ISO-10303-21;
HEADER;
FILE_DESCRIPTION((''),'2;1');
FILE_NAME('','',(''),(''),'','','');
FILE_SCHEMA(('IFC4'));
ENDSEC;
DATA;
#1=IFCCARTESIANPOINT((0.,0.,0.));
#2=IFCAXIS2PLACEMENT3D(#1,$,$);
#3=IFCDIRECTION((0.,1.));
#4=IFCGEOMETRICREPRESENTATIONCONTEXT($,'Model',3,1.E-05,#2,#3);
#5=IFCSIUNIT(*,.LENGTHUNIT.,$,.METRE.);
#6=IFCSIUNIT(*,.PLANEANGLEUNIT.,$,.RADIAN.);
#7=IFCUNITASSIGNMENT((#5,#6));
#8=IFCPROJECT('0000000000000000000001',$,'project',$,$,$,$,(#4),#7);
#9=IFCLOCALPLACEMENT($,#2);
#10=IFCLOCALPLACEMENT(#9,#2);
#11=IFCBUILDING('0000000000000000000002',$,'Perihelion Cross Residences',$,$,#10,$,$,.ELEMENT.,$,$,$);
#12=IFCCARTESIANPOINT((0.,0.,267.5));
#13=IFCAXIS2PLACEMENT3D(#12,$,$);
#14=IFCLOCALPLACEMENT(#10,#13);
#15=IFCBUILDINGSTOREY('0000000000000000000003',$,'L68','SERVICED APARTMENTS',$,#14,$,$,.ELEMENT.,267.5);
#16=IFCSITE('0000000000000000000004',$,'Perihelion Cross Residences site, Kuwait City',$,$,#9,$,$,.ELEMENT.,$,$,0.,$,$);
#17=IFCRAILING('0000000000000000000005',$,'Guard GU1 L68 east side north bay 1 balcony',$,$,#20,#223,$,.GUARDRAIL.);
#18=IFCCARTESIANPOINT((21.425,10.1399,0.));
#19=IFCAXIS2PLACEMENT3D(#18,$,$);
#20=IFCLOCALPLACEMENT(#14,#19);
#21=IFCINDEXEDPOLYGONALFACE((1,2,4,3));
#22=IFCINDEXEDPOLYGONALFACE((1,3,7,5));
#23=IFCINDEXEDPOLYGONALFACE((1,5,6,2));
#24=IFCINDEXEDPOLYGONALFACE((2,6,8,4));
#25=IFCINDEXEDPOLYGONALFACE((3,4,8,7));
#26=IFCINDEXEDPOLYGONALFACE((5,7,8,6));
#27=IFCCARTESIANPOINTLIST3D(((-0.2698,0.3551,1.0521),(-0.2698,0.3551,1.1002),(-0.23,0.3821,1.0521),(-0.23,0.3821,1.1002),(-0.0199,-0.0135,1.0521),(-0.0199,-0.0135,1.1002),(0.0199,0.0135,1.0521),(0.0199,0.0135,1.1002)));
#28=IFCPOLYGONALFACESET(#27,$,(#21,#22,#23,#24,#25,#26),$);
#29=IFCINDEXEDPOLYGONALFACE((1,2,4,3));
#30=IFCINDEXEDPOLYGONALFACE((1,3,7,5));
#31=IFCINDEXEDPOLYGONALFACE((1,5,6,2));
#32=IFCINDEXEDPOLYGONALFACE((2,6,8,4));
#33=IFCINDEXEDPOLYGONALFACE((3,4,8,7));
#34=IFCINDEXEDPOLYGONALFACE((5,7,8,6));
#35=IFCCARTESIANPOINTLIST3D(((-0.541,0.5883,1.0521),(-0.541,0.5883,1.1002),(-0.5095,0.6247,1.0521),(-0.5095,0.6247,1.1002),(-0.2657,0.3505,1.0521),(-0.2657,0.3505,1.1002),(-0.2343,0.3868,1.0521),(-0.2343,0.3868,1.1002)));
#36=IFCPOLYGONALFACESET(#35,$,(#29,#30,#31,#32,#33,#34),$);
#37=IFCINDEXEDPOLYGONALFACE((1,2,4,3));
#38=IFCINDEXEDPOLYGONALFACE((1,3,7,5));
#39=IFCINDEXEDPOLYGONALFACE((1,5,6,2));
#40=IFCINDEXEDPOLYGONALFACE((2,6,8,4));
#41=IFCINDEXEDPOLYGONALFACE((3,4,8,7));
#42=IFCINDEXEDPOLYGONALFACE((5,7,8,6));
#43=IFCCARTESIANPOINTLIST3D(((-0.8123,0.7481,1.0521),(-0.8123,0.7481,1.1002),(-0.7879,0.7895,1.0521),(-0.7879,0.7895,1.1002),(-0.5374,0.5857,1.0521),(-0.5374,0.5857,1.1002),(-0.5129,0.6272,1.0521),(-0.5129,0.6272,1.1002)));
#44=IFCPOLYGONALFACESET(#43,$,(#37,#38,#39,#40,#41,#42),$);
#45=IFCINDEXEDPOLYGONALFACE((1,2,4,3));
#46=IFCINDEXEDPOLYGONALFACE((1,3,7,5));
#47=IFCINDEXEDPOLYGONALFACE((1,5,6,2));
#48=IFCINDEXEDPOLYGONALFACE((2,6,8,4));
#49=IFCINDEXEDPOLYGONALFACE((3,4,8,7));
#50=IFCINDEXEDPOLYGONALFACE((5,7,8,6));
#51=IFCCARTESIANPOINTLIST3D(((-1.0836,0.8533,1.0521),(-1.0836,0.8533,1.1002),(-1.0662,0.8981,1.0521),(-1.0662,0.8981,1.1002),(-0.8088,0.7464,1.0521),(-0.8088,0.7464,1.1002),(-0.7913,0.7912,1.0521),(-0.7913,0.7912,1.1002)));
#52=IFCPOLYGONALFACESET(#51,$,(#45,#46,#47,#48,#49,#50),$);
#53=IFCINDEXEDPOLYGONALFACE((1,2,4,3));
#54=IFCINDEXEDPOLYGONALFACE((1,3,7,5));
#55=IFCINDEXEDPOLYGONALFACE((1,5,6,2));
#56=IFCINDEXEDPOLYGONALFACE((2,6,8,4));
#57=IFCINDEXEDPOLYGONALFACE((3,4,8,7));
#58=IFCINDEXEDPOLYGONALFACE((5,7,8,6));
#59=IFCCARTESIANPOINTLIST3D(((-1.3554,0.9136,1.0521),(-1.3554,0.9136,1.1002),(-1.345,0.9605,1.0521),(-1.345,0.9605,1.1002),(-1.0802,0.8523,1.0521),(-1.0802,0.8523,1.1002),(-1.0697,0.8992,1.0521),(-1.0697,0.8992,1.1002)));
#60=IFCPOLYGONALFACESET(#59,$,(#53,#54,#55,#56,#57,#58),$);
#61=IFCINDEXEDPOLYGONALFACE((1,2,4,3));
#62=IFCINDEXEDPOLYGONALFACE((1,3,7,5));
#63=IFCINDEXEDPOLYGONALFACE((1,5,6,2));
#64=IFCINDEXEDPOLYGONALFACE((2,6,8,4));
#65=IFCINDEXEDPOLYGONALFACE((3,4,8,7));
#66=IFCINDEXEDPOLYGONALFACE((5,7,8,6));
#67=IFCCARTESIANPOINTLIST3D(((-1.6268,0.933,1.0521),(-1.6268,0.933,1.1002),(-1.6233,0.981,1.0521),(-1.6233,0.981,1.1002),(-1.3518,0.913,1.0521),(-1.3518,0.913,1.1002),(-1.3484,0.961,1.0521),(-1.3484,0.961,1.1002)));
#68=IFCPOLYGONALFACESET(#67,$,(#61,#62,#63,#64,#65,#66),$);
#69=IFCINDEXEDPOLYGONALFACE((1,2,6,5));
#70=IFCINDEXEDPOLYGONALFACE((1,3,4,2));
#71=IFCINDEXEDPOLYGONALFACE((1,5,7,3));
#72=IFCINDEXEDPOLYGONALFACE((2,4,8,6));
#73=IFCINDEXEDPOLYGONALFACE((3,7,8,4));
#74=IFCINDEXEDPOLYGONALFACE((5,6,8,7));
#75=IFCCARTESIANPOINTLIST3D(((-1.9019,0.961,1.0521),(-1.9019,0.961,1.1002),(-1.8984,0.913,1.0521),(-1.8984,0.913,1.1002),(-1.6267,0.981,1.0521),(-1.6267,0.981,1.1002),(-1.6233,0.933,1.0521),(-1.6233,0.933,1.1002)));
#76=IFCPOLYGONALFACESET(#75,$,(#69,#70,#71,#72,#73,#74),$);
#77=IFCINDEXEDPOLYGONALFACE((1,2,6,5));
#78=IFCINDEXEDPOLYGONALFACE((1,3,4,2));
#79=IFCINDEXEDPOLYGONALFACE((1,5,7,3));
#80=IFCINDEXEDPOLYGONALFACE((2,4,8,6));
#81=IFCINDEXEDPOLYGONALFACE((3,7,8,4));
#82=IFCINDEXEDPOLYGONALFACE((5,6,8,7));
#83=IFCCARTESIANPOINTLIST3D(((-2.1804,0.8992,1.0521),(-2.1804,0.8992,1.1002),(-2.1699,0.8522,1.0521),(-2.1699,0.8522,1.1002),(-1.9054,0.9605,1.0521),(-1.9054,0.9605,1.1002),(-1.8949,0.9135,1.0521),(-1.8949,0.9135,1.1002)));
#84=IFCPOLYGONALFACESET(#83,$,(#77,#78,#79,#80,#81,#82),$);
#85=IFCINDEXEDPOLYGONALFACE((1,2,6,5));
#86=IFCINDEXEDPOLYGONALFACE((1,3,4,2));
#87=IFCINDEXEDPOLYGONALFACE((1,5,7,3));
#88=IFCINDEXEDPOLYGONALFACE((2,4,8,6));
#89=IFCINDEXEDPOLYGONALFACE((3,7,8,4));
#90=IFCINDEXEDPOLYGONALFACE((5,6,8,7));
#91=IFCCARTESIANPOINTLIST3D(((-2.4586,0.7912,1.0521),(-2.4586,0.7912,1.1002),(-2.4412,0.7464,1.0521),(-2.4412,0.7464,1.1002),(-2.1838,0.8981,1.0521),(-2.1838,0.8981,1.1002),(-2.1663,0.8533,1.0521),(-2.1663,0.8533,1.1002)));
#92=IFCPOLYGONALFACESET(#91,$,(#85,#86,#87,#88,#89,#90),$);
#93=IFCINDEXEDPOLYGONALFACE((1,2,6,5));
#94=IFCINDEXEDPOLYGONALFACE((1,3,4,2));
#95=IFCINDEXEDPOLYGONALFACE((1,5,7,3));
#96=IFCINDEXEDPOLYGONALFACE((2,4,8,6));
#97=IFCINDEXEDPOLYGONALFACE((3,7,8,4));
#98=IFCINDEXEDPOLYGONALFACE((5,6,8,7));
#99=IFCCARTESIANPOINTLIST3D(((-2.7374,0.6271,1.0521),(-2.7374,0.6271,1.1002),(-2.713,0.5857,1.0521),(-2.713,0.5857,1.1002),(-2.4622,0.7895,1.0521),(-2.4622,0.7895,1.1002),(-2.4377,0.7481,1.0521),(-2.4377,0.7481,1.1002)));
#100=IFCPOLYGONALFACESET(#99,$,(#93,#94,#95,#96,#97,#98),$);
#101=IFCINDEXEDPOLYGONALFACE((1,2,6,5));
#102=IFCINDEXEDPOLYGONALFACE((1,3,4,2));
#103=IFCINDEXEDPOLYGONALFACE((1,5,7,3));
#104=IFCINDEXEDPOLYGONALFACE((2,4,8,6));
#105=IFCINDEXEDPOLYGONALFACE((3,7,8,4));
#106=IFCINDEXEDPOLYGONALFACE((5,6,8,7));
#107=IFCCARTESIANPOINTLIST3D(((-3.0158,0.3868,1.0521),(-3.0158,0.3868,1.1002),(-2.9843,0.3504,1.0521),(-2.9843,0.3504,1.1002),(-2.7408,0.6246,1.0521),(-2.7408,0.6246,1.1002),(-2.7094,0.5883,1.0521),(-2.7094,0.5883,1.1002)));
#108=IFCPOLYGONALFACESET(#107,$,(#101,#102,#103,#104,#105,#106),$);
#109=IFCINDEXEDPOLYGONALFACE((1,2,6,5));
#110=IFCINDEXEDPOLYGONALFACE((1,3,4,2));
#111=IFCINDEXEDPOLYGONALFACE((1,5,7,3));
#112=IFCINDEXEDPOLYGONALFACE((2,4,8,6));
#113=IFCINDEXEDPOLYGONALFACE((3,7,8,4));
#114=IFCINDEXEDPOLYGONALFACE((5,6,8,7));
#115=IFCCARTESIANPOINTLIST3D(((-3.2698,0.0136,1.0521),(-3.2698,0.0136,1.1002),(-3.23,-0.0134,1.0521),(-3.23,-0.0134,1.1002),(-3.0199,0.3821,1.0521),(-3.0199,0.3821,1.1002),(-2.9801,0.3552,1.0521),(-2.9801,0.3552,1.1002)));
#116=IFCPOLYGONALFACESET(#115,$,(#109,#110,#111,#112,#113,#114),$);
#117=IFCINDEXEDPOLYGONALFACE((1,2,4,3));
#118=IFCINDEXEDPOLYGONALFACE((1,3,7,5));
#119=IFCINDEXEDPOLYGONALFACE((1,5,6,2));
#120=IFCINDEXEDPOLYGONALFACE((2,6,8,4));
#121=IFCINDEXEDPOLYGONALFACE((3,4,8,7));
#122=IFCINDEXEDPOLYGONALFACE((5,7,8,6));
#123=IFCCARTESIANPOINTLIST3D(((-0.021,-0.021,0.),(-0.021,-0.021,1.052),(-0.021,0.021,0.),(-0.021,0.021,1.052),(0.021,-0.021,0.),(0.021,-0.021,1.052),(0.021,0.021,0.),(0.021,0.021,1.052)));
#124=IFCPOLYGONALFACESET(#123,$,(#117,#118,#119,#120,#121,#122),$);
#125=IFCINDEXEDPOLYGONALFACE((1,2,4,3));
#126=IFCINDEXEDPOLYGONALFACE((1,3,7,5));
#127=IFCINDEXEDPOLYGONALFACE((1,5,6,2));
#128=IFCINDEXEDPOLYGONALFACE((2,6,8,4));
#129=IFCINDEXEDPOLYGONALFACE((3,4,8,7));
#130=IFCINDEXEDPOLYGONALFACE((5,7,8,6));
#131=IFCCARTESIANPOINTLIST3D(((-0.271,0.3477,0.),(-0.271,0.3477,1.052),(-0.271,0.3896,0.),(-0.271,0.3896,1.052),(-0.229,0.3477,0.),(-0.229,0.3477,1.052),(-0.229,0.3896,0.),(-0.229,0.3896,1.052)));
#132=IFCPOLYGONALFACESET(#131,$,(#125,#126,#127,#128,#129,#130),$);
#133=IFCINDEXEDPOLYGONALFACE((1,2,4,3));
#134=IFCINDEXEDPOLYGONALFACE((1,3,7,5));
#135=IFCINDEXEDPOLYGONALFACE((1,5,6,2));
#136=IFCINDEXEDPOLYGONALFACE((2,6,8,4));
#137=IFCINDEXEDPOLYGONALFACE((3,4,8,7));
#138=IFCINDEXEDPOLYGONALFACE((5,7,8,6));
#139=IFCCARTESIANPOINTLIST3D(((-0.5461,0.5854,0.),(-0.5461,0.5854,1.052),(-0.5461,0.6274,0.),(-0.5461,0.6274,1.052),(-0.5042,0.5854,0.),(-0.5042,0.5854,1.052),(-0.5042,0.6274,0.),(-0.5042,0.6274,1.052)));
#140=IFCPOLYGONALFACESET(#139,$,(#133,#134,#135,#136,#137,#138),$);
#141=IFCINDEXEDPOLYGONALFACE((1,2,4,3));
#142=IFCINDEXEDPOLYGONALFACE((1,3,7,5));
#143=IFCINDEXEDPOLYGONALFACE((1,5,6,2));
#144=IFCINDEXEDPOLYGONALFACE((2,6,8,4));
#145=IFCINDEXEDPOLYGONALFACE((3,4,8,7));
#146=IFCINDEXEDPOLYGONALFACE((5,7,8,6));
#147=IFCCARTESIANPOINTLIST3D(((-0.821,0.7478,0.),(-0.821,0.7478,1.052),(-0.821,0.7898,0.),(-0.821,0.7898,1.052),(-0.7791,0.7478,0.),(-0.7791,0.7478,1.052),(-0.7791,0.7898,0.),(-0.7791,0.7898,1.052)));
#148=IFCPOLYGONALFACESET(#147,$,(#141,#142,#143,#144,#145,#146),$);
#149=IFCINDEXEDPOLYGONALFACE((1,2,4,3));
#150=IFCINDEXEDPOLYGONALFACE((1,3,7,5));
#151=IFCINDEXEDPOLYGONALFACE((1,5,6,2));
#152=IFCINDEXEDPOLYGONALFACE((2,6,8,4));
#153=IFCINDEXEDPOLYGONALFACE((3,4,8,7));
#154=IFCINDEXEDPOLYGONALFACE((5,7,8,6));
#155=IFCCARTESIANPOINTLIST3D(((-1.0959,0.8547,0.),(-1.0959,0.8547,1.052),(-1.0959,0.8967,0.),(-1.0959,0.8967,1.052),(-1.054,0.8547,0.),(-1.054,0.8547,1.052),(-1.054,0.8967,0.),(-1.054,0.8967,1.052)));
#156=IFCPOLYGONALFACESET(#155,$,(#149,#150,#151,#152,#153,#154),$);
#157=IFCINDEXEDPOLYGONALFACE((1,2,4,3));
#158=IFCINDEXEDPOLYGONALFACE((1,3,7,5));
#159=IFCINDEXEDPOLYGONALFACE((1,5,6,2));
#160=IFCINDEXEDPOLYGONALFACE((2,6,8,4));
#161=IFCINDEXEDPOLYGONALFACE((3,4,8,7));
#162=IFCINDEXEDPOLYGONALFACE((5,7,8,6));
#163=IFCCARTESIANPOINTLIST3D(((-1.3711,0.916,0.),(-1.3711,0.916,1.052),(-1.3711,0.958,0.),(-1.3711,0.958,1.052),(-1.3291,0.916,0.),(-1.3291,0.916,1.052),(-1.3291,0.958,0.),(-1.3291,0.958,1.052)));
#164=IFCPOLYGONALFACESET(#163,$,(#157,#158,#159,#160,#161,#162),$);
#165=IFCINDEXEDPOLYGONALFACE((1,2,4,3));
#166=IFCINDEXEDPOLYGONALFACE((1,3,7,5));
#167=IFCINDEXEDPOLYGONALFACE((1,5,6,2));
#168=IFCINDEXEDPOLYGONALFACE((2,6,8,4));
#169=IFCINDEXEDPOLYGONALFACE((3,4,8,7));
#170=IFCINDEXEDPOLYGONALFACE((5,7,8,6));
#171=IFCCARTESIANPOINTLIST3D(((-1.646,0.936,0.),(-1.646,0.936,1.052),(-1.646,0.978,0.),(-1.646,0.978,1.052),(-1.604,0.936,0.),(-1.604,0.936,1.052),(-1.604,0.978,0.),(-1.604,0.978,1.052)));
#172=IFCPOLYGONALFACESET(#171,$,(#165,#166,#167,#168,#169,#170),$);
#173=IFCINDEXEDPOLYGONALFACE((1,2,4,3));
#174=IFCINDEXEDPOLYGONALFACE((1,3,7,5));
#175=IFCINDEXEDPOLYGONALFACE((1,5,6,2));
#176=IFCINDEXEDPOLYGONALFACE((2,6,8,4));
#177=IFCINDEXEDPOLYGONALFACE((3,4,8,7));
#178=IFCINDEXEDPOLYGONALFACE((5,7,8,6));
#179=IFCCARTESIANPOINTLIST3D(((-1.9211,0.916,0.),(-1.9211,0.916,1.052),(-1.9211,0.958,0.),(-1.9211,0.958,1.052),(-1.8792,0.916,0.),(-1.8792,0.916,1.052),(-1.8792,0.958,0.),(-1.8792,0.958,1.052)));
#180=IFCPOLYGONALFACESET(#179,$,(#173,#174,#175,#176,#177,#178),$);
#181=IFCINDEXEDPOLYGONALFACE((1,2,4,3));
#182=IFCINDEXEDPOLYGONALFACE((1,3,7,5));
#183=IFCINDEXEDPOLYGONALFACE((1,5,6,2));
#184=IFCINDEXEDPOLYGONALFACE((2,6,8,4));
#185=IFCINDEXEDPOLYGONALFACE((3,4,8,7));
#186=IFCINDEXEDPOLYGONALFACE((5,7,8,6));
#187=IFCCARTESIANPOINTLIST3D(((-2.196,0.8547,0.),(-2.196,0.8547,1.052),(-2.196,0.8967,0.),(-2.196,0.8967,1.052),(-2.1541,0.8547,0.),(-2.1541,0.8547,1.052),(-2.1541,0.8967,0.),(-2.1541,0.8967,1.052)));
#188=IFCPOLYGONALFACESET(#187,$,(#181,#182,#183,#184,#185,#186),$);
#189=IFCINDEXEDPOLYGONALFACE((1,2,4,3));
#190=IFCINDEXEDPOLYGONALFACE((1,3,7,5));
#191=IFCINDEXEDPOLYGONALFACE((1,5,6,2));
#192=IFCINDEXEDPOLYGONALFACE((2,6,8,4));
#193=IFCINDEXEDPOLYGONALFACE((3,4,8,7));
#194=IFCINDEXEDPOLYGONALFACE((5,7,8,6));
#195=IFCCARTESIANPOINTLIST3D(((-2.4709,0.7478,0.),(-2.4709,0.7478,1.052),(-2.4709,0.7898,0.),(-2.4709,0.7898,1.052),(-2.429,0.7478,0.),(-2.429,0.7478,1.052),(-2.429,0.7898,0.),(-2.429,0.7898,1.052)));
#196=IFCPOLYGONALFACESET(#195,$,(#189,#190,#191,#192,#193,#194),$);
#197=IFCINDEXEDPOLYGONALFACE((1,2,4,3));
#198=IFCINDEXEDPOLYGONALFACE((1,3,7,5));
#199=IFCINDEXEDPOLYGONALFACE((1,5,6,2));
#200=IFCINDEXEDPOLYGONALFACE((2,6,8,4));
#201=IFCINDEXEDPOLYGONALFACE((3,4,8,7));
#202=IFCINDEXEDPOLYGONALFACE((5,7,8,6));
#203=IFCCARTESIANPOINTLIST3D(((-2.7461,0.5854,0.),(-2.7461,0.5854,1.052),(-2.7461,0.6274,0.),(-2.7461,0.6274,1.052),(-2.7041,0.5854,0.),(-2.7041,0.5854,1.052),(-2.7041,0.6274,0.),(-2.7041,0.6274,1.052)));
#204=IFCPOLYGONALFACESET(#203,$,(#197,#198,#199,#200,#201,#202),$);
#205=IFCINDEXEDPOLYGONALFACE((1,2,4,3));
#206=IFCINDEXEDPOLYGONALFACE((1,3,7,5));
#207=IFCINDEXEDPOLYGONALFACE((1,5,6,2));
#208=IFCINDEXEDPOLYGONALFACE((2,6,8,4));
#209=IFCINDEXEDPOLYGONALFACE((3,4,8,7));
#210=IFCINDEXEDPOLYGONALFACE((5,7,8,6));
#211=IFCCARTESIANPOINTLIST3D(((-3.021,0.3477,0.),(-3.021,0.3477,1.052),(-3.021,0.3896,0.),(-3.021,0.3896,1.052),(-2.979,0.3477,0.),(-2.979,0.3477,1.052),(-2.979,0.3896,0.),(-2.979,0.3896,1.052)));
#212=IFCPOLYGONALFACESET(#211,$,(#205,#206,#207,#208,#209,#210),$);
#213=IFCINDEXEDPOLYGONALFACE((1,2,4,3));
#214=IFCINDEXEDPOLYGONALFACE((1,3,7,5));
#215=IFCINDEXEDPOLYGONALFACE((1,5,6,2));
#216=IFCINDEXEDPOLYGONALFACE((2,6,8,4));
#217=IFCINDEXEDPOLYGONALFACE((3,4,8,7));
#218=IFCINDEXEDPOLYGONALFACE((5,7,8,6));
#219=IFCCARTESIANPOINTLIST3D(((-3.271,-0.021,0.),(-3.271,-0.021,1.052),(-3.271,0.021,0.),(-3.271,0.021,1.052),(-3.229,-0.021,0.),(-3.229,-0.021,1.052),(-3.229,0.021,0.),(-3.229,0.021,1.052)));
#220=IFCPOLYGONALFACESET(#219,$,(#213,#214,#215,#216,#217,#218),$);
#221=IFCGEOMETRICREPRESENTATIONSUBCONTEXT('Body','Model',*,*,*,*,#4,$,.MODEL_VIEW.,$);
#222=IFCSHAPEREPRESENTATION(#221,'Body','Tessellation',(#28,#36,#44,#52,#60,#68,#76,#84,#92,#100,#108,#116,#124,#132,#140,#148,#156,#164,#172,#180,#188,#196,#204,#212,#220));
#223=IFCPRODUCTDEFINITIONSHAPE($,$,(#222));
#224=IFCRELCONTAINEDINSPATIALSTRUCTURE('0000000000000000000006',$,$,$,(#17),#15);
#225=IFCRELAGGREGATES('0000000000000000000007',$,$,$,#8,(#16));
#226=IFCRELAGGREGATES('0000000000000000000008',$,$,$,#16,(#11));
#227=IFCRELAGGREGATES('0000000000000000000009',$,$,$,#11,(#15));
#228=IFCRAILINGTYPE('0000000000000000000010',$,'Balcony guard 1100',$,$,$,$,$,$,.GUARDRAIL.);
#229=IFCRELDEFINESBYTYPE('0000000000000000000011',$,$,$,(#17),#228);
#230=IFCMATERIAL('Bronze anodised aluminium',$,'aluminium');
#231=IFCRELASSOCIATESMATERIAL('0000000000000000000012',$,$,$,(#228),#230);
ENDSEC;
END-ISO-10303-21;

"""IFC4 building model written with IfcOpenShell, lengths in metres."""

from ifc_helpers import new_model, si_unit, direction, frame, origin, origin_2d, place, context, subcontext, project, spatial, rectangle, extrude, material, type_object, element, save


model = new_model("IFC4")

# Units and contexts
model_context = context("Model", 3, precision=1e-05, world=origin(), true_north=direction((0.0, 1.0)))
body_context = subcontext(model_context, "Body", "Model", "MODEL_VIEW")
ifc_project = project(units=[si_unit("LENGTHUNIT", "METRE"), si_unit("PLANEANGLEUNIT", "RADIAN")], contexts=[model_context])

# Site, building, storey
site_placement = place(None, origin())
site = spatial("IfcSite", under=ifc_project, at=site_placement, Name="Perihelion Cross Residences site, Kuwait City", CompositionType="ELEMENT", RefElevation=0.0)
building_placement = place(site_placement, origin())
building = spatial("IfcBuilding", under=site, at=building_placement, Name="Perihelion Cross Residences", CompositionType="ELEMENT")
storey_placement = place(building_placement, frame((0.0, 0.0, 267.5)))
storey = spatial("IfcBuildingStorey", under=building, at=storey_placement, Name="L68", Description="SERVICED APARTMENTS", CompositionType="ELEMENT", Elevation=267.5)

# Railing
ifc_material_1 = material(Name="Bronze anodised aluminium", Category="aluminium")
railing_type_1 = type_object("IfcRailingType", Name="Balcony guard 1100", PredefinedType="GUARDRAIL", material=ifc_material_1)
railing_1_placement = place(storey_placement, frame((21.425, 10.1399, 0.0)))
element("IfcRailing", 1, at=railing_1_placement, inside=storey, type_object=railing_type_1, Name="Guard GU1 L68 east side north bay 1 balcony", PredefinedType="GUARDRAIL", context=body_context, shape_type="SweptSolid", body=[
    extrude(rectangle(XDim=0.0481, YDim=0.0481, at=origin_2d()), frame((0.0, 0.0, 1.0762), z_axis=(-0.56126, 0.827639, 0.0), x_axis=(-0.827639, -0.56126, 0.0)), (0.0, 0.0, 1.0), 0.4453),
    extrude(rectangle(XDim=0.0481, YDim=0.0481, at=origin_2d()), frame((-0.25, 0.3687, 1.0762), z_axis=(-0.756597, 0.653882, 0.0), x_axis=(-0.653882, -0.756597, 0.0)), (0.0, 0.0, 1.0), 0.3638),
    extrude(rectangle(XDim=0.0481, YDim=0.0481, at=origin_2d()), frame((-0.5251, 0.6064, 1.0762), z_axis=(-0.861048, 0.508523, 0.0), x_axis=(-0.508523, -0.861048, 0.0)), (0.0, 0.0, 1.0), 0.3193),
    extrude(rectangle(XDim=0.0481, YDim=0.0481, at=origin_2d()), frame((-0.8, 0.7688, 1.0762), z_axis=(-0.931974, 0.362526, 0.0), x_axis=(-0.362526, -0.931974, 0.0)), (0.0, 0.0, 1.0), 0.2949),
    extrude(rectangle(XDim=0.0481, YDim=0.0481, at=origin_2d()), frame((-1.075, 0.8757, 1.0762), z_axis=(-0.976085, 0.217389, 0.0), x_axis=(-0.217389, -0.976085, 0.0)), (0.0, 0.0, 1.0), 0.282),
    extrude(rectangle(XDim=0.0481, YDim=0.0481, at=origin_2d()), frame((-1.3501, 0.937, 1.0762), z_axis=(-0.997359, 0.072632, 0.0), x_axis=(-0.072632, -0.997359, 0.0)), (0.0, 0.0, 1.0), 0.2756),
    extrude(rectangle(XDim=0.0481, YDim=0.0481, at=origin_2d()), frame((-1.625, 0.957, 1.0762), z_axis=(-0.997363, -0.072568, 0.0), x_axis=(0.072568, -0.997363, 0.0)), (0.0, 0.0, 1.0), 0.2759),
    extrude(rectangle(XDim=0.0481, YDim=0.0481, at=origin_2d()), frame((-1.9001, 0.937, 1.0762), z_axis=(-0.976044, -0.217573, 0.0), x_axis=(0.217573, -0.976044, 0.0)), (0.0, 0.0, 1.0), 0.2817),
    extrude(rectangle(XDim=0.0481, YDim=0.0481, at=origin_2d()), frame((-2.175, 0.8757, 1.0762), z_axis=(-0.931974, -0.362526, 0.0), x_axis=(0.362526, -0.931974, 0.0)), (0.0, 0.0, 1.0), 0.2949),
    extrude(rectangle(XDim=0.0481, YDim=0.0481, at=origin_2d()), frame((-2.45, 0.7688, 1.0762), z_axis=(-0.861246, -0.508189, 0.0), x_axis=(0.508189, -0.861246, 0.0)), (0.0, 0.0, 1.0), 0.3196),
    extrude(rectangle(XDim=0.0481, YDim=0.0481, at=origin_2d()), frame((-2.7251, 0.6064, 1.0762), z_axis=(-0.756309, -0.654214, 0.0), x_axis=(0.654214, -0.756309, 0.0)), (0.0, 0.0, 1.0), 0.3635),
    extrude(rectangle(XDim=0.0481, YDim=0.0481, at=origin_2d()), frame((-3.0, 0.3687, 1.0762), z_axis=(-0.56126, -0.827639, 0.0), x_axis=(0.827639, -0.56126, 0.0)), (0.0, 0.0, 1.0), 0.4453),
    extrude(rectangle(XDim=0.042, YDim=0.042, at=origin_2d()), origin(), (0.0, 0.0, 1.0), 1.052),
    extrude(rectangle(XDim=0.042, YDim=0.042, at=origin_2d()), frame((-0.25, 0.3687, 0.0)), (0.0, 0.0, 1.0), 1.052),
    extrude(rectangle(XDim=0.042, YDim=0.042, at=origin_2d()), frame((-0.5251, 0.6064, 0.0)), (0.0, 0.0, 1.0), 1.052),
    extrude(rectangle(XDim=0.042, YDim=0.042, at=origin_2d()), frame((-0.8, 0.7688, 0.0)), (0.0, 0.0, 1.0), 1.052),
    extrude(rectangle(XDim=0.042, YDim=0.042, at=origin_2d()), frame((-1.075, 0.8757, 0.0)), (0.0, 0.0, 1.0), 1.052),
    extrude(rectangle(XDim=0.042, YDim=0.042, at=origin_2d()), frame((-1.3501, 0.937, 0.0)), (0.0, 0.0, 1.0), 1.052),
    extrude(rectangle(XDim=0.042, YDim=0.042, at=origin_2d()), frame((-1.625, 0.957, 0.0)), (0.0, 0.0, 1.0), 1.052),
    extrude(rectangle(XDim=0.042, YDim=0.042, at=origin_2d()), frame((-1.9001, 0.937, 0.0)), (0.0, 0.0, 1.0), 1.052),
    extrude(rectangle(XDim=0.042, YDim=0.042, at=origin_2d()), frame((-2.175, 0.8757, 0.0)), (0.0, 0.0, 1.0), 1.052),
    extrude(rectangle(XDim=0.042, YDim=0.042, at=origin_2d()), frame((-2.45, 0.7688, 0.0)), (0.0, 0.0, 1.0), 1.052),
    extrude(rectangle(XDim=0.042, YDim=0.042, at=origin_2d()), frame((-2.7251, 0.6064, 0.0)), (0.0, 0.0, 1.0), 1.052),
    extrude(rectangle(XDim=0.042, YDim=0.042, at=origin_2d()), frame((-3.0, 0.3687, 0.0)), (0.0, 0.0, 1.0), 1.052),
    extrude(rectangle(XDim=0.042, YDim=0.042, at=origin_2d()), frame((-3.25, 0.0, 0.0)), (0.0, 0.0, 1.0), 1.052),
])

save(model, "model.ifc")
